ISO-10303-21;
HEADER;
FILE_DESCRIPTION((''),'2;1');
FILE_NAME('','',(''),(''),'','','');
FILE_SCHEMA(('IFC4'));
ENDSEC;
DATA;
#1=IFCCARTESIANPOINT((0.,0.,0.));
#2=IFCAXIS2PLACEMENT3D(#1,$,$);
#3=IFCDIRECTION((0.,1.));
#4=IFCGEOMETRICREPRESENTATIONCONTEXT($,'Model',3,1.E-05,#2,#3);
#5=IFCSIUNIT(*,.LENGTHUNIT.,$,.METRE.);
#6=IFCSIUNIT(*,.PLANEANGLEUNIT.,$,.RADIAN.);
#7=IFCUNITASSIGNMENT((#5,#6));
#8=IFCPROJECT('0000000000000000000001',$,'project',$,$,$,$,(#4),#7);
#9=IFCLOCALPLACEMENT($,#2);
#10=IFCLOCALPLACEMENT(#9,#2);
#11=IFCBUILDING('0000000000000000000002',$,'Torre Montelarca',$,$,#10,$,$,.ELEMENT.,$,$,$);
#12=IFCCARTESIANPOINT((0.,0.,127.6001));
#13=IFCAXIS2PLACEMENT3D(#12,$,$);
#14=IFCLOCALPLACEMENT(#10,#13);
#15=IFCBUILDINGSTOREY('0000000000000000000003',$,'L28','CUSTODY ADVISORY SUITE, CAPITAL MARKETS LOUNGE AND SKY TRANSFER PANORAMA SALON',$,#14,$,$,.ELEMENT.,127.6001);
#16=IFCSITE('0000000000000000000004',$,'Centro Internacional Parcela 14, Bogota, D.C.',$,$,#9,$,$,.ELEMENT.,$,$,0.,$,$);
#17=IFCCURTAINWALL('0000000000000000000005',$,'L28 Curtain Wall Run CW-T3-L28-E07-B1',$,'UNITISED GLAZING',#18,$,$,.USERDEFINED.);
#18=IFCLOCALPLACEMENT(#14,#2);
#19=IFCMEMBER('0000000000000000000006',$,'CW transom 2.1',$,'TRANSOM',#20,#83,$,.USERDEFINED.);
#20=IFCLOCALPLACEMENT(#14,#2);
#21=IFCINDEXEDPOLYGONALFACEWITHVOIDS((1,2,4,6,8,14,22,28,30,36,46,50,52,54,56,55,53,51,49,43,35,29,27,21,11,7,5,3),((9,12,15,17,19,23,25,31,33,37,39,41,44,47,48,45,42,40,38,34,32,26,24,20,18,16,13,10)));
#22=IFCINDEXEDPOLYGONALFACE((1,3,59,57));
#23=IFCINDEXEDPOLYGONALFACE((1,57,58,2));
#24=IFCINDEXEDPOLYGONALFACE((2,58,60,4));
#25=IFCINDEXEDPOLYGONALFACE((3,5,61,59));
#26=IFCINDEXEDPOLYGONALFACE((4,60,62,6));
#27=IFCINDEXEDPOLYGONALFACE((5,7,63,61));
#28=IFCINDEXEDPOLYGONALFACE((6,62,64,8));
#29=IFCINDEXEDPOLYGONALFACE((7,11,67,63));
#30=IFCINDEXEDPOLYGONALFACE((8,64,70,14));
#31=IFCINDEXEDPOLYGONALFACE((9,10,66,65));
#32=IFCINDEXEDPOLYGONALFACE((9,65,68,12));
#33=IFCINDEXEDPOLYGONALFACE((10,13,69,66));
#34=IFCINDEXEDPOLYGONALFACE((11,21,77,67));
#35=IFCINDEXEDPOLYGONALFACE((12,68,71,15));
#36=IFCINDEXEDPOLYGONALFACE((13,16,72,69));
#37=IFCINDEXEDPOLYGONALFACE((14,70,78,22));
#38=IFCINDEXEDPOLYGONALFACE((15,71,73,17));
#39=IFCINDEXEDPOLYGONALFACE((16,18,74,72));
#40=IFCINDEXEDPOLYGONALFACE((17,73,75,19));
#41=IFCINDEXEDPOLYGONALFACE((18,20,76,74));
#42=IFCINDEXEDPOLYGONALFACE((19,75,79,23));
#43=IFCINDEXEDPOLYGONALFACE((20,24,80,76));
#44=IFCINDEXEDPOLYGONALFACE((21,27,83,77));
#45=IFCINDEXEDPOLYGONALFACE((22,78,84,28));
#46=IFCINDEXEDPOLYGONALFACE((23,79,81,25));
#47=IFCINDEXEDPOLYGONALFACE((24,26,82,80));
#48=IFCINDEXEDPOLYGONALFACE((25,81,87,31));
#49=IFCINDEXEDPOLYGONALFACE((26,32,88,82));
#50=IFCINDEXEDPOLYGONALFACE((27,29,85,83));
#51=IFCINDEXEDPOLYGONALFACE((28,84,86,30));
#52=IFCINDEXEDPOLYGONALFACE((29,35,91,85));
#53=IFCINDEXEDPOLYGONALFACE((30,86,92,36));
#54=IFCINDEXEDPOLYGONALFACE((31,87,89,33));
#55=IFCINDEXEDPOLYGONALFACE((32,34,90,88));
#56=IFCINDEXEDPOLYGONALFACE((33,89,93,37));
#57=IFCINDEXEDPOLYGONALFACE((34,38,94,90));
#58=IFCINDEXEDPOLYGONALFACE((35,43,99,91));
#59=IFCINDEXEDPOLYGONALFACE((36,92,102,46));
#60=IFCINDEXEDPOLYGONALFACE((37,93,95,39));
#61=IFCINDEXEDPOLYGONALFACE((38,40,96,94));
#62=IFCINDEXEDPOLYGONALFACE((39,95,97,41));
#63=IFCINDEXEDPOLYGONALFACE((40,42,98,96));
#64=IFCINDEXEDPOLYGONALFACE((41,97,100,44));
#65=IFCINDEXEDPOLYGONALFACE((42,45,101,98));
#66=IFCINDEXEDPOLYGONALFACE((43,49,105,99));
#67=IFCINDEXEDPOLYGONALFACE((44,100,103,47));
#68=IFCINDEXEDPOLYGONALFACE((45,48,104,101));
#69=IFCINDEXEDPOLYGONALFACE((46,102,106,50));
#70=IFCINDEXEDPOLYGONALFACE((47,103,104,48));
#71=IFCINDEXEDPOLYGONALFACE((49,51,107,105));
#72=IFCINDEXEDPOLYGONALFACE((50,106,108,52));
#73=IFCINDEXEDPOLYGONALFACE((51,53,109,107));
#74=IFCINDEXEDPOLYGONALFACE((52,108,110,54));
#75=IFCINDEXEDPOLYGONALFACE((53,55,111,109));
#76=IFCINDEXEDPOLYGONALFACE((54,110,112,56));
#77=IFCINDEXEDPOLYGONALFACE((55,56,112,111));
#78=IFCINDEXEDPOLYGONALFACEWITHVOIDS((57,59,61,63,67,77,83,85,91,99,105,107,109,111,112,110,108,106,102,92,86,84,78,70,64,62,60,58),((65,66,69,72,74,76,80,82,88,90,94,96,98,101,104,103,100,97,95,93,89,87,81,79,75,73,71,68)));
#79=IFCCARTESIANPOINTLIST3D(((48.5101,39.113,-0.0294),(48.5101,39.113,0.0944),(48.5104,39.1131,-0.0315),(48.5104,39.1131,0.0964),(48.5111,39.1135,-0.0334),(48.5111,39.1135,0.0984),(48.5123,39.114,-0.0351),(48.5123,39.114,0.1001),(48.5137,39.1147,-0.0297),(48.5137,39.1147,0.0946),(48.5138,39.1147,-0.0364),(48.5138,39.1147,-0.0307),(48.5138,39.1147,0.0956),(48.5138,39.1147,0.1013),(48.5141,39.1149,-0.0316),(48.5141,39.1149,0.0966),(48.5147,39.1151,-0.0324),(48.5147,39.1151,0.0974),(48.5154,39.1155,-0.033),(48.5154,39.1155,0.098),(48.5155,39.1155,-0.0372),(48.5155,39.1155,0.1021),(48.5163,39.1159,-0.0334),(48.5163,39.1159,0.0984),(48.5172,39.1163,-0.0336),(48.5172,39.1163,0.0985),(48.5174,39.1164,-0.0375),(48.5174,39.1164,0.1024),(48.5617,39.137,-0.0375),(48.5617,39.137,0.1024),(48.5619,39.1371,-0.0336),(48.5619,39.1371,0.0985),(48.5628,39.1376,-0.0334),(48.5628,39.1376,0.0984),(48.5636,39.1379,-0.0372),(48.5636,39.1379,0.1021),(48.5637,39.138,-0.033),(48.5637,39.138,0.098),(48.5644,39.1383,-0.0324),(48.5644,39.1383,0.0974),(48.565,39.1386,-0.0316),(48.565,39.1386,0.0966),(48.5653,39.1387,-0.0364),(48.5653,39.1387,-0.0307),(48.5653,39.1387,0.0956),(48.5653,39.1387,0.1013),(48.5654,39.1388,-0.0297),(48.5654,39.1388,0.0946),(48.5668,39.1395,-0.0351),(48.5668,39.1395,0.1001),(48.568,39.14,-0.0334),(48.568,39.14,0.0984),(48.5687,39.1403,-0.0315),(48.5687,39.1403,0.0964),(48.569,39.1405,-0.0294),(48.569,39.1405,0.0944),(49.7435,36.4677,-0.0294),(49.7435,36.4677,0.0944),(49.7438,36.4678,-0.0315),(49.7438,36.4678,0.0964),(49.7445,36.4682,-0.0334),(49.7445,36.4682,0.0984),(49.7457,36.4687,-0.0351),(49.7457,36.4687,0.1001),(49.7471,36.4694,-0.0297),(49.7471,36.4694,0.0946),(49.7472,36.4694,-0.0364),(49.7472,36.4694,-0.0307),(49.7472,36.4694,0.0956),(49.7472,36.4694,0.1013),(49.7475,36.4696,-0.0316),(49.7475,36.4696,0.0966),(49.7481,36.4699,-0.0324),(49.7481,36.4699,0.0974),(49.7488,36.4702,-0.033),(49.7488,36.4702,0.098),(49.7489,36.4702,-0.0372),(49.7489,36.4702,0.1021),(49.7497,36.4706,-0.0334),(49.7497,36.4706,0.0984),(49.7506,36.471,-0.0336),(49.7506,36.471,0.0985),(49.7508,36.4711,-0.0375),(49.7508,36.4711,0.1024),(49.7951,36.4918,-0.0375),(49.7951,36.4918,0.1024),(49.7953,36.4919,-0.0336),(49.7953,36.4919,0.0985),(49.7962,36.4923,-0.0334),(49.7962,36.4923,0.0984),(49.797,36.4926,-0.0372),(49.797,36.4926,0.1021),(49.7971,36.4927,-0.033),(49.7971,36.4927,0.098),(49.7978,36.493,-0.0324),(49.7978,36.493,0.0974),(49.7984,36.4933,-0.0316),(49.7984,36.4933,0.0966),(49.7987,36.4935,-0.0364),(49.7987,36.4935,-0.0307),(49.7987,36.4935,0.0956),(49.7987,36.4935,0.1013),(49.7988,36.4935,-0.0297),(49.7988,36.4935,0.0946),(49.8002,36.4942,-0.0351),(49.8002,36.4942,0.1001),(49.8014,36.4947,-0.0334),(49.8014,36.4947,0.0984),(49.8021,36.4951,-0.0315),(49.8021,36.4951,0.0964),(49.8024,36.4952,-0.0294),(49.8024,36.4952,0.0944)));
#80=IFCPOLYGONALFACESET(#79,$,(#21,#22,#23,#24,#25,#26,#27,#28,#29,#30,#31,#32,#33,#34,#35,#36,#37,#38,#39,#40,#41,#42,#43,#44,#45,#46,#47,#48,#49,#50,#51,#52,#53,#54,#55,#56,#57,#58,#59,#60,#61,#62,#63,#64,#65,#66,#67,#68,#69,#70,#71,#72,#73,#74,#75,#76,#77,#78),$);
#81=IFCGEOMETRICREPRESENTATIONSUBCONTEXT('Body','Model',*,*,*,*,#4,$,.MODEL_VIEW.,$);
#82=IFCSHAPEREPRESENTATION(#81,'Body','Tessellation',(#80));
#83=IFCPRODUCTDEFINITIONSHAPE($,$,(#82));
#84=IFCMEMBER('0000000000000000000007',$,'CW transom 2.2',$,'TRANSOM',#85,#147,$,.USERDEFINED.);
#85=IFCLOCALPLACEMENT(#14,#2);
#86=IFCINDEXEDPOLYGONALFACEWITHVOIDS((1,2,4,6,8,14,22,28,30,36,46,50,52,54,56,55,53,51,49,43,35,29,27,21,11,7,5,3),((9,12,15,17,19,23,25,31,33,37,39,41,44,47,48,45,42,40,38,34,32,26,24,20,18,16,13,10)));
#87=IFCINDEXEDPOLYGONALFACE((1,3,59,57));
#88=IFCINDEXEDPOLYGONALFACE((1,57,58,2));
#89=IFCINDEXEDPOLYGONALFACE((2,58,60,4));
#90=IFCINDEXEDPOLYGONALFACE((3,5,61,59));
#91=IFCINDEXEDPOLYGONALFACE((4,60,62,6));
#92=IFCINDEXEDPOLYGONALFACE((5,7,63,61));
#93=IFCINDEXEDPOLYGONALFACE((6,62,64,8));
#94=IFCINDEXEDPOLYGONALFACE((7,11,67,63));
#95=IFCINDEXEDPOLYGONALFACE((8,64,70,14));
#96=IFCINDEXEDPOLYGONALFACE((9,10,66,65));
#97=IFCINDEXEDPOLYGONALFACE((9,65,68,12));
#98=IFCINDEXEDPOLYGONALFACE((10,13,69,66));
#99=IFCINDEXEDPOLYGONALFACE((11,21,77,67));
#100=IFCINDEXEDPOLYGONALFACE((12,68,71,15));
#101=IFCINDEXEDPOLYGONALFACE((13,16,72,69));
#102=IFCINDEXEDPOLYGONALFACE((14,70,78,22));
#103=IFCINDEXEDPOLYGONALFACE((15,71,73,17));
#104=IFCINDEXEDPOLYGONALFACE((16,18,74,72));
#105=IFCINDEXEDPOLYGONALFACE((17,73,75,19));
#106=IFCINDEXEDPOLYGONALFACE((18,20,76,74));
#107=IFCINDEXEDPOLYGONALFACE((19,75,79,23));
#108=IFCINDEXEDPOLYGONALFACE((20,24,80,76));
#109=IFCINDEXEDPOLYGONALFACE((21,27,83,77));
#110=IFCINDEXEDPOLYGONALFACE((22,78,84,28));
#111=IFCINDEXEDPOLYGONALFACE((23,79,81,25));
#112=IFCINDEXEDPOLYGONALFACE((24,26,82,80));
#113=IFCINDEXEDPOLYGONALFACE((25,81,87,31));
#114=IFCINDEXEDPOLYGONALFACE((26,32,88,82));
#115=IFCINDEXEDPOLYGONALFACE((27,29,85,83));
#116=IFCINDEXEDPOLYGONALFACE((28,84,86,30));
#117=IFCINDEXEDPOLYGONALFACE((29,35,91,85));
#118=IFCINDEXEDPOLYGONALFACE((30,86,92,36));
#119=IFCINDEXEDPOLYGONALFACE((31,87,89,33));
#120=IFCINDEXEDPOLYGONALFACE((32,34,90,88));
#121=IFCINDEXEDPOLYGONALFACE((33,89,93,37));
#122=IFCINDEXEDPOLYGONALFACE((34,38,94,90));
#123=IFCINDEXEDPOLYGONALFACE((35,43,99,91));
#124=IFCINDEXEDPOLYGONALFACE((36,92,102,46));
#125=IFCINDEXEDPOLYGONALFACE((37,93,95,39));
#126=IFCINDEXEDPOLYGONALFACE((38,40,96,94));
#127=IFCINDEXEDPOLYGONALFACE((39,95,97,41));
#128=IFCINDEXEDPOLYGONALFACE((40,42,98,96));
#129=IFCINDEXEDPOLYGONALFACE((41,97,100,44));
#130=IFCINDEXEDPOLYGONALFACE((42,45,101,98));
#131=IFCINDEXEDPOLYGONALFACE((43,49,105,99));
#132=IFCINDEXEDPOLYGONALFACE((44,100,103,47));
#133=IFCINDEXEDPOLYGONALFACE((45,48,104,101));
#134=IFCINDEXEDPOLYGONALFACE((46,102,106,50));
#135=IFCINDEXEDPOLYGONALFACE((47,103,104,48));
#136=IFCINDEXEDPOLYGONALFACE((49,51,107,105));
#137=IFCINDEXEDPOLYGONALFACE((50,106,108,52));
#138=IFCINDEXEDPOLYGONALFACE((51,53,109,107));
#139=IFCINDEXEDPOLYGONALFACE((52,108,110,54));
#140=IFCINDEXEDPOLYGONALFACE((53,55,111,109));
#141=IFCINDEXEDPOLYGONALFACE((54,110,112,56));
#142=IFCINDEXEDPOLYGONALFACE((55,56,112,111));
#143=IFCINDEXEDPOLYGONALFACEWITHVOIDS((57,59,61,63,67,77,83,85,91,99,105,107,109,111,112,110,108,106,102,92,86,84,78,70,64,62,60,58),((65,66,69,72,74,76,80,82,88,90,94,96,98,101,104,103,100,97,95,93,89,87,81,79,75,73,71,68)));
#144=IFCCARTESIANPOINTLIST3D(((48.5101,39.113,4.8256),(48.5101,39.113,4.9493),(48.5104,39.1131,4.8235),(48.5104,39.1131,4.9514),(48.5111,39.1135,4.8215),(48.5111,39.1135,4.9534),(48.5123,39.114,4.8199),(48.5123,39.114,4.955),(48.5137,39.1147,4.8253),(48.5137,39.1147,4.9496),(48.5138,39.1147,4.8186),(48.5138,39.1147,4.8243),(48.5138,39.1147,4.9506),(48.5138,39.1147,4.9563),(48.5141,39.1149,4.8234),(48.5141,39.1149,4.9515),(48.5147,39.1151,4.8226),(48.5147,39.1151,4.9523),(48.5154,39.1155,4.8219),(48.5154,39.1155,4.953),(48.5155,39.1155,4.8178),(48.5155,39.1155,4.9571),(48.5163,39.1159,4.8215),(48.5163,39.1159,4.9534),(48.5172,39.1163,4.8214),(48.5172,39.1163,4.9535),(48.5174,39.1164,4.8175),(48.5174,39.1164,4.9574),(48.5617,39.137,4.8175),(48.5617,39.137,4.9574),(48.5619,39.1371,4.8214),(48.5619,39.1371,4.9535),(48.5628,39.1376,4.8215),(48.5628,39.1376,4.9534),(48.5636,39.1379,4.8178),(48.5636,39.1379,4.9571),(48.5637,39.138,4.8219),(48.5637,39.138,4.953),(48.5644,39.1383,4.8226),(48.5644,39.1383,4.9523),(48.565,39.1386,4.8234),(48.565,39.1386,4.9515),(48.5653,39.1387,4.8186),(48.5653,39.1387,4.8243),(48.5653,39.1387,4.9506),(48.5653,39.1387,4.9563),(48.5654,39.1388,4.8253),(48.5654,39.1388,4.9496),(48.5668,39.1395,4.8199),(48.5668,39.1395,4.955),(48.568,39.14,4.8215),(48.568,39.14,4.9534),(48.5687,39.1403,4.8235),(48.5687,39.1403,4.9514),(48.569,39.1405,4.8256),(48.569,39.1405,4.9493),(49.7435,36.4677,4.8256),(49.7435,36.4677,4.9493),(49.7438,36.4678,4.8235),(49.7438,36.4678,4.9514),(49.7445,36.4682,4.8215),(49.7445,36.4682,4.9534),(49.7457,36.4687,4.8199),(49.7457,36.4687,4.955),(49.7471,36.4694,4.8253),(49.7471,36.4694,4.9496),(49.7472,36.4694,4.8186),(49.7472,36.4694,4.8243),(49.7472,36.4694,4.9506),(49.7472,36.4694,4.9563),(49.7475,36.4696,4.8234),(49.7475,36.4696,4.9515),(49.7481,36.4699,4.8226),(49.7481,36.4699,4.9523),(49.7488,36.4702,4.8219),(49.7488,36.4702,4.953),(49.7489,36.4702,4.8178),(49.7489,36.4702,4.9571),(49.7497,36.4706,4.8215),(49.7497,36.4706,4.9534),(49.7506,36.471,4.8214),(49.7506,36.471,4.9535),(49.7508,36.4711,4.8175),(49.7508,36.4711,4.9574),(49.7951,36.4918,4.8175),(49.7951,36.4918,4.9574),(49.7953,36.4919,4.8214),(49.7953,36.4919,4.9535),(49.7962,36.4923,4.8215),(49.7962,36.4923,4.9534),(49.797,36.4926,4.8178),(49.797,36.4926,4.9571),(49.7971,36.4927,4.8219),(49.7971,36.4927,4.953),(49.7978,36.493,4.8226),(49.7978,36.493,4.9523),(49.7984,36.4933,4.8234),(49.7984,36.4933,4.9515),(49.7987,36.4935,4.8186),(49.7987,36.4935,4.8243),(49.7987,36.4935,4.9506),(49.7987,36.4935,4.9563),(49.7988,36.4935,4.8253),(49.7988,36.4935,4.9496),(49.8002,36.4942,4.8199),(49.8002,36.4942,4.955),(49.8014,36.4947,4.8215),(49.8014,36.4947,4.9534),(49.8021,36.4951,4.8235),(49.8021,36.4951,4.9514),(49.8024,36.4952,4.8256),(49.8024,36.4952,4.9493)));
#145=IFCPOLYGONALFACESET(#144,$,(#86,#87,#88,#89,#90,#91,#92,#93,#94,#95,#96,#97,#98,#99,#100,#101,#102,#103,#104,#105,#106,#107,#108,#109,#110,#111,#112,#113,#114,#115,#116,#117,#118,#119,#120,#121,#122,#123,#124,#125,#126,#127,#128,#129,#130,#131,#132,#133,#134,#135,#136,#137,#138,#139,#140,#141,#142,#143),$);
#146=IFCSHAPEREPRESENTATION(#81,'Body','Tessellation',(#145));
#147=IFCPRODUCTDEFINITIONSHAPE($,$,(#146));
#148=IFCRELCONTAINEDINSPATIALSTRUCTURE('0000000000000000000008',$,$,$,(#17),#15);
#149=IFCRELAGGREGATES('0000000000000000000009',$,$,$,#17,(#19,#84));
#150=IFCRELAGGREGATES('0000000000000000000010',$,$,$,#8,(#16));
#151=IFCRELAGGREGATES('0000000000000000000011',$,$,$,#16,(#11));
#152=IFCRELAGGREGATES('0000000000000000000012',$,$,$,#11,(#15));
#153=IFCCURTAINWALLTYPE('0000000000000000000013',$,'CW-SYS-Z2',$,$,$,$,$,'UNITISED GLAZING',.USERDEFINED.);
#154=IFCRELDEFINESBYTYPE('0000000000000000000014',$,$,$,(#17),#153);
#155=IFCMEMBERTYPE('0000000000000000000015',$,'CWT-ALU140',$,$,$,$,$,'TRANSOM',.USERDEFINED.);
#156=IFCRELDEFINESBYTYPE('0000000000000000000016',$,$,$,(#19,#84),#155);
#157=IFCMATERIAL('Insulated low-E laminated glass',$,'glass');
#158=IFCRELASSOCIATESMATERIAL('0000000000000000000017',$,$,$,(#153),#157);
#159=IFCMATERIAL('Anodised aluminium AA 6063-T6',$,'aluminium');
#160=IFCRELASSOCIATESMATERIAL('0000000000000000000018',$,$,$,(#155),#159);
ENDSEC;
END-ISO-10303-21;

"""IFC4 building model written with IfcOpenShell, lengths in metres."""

from ifc_helpers import new_model, si_unit, direction, frame, origin, origin_2d, place, context, subcontext, project, spatial, hollow_rectangle, extrude, source, transform, mapped, material, material_profile, profile_set, type_object, element, aggregate, save


model = new_model("IFC4")

# Units and contexts
model_context = context("Model", 3, precision=1e-05, world=origin(), true_north=direction((0.0, 1.0)))
body_context = subcontext(model_context, "Body", "Model", "MODEL_VIEW")
ifc_project = project(units=[si_unit("LENGTHUNIT", "METRE"), si_unit("PLANEANGLEUNIT", "RADIAN")], contexts=[model_context])

# Site, building, storey
site_placement = place(None, origin())
site = spatial("IfcSite", under=ifc_project, at=site_placement, Name="Centro Internacional Parcela 14, Bogota, D.C.", CompositionType="ELEMENT", RefElevation=0.0)
building_placement = place(site_placement, origin())
building = spatial("IfcBuilding", under=site, at=building_placement, Name="Torre Montelarca", CompositionType="ELEMENT")
storey_placement = place(building_placement, frame((0.0, 0.0, 127.6001)))
storey = spatial("IfcBuildingStorey", under=building, at=storey_placement, Name="L28", Description="CUSTODY ADVISORY SUITE, CAPITAL MARKETS LOUNGE AND SKY TRANSFER PANORAMA SALON", CompositionType="ELEMENT", Elevation=127.6001)

# Curtain wall, members
ifc_material_1 = material(Name="Insulated low-E laminated glass", Category="glass")
curtain_wall_type = type_object("IfcCurtainWallType", Name="CW-SYS-Z2", ElementType="UNITISED GLAZING", PredefinedType="USERDEFINED", material=ifc_material_1)
curtain_wall_1_placement = place(storey_placement, origin())
curtain_wall_1 = element("IfcCurtainWall", 1, at=curtain_wall_1_placement, inside=storey, type_object=curtain_wall_type, Name="L28 Curtain Wall Run CW-T3-L28-E07-B1", ObjectType="UNITISED GLAZING", PredefinedType="USERDEFINED")
ifc_material_2 = material(Name="Anodised aluminium AA 6063-T6", Category="aluminium")
ifc_material_profile_1 = material_profile(ifc_material_2, hollow_rectangle(XDim=0.0649, YDim=0.1399, WallThickness=0.0039, InnerFilletRadius=0.0039, OuterFilletRadius=0.0081, at=origin_2d()), Name="ALU65X140X4", Category="aluminium")
ifc_profile_set_1 = profile_set([ifc_material_profile_1], Name="Anodised aluminium AA 6063-T6")
member_type_1 = type_object("IfcMemberType", Name="CWT-ALU140", ElementType="TRANSOM", PredefinedType="USERDEFINED", material=ifc_profile_set_1)
shared_shape_1 = source(origin(), body_context, "Body", "SweptSolid", [
    extrude(hollow_rectangle(XDim=0.0649, YDim=0.1399, WallThickness=0.0039, InnerFilletRadius=0.0039, OuterFilletRadius=0.0081, at=origin_2d()), origin(), (0.0, 0.0, 1.0), 2.9187),
])
member_1_placement = place(storey_placement, frame((49.7729, 36.4814, 0.0325), z_axis=(-0.422588, 0.906322, 0.0), x_axis=(-0.906322, -0.422588, 0.0)))
member_1 = element("IfcMember", 2, at=member_1_placement, type_object=member_type_1, Name="CW transom 2.1", ObjectType="TRANSOM", PredefinedType="USERDEFINED", context=body_context, shape_type="MappedRepresentation", body=[
    mapped(shared_shape_1, transform((0.0, 0.0, 0.0), scale=1.0)),
])
member_2_placement = place(storey_placement, frame((49.7729, 36.4814, 4.8875), z_axis=(-0.422588, 0.906322, 0.0), x_axis=(-0.906322, -0.422588, 0.0)))
member_2 = element("IfcMember", 3, at=member_2_placement, type_object=member_type_1, Name="CW transom 2.2", ObjectType="TRANSOM", PredefinedType="USERDEFINED", context=body_context, shape_type="MappedRepresentation", body=[
    mapped(shared_shape_1, transform((0.0, 0.0, 0.0), scale=1.0)),
])

aggregate(curtain_wall_1, [member_1, member_2])

save(model, "model.ifc")
